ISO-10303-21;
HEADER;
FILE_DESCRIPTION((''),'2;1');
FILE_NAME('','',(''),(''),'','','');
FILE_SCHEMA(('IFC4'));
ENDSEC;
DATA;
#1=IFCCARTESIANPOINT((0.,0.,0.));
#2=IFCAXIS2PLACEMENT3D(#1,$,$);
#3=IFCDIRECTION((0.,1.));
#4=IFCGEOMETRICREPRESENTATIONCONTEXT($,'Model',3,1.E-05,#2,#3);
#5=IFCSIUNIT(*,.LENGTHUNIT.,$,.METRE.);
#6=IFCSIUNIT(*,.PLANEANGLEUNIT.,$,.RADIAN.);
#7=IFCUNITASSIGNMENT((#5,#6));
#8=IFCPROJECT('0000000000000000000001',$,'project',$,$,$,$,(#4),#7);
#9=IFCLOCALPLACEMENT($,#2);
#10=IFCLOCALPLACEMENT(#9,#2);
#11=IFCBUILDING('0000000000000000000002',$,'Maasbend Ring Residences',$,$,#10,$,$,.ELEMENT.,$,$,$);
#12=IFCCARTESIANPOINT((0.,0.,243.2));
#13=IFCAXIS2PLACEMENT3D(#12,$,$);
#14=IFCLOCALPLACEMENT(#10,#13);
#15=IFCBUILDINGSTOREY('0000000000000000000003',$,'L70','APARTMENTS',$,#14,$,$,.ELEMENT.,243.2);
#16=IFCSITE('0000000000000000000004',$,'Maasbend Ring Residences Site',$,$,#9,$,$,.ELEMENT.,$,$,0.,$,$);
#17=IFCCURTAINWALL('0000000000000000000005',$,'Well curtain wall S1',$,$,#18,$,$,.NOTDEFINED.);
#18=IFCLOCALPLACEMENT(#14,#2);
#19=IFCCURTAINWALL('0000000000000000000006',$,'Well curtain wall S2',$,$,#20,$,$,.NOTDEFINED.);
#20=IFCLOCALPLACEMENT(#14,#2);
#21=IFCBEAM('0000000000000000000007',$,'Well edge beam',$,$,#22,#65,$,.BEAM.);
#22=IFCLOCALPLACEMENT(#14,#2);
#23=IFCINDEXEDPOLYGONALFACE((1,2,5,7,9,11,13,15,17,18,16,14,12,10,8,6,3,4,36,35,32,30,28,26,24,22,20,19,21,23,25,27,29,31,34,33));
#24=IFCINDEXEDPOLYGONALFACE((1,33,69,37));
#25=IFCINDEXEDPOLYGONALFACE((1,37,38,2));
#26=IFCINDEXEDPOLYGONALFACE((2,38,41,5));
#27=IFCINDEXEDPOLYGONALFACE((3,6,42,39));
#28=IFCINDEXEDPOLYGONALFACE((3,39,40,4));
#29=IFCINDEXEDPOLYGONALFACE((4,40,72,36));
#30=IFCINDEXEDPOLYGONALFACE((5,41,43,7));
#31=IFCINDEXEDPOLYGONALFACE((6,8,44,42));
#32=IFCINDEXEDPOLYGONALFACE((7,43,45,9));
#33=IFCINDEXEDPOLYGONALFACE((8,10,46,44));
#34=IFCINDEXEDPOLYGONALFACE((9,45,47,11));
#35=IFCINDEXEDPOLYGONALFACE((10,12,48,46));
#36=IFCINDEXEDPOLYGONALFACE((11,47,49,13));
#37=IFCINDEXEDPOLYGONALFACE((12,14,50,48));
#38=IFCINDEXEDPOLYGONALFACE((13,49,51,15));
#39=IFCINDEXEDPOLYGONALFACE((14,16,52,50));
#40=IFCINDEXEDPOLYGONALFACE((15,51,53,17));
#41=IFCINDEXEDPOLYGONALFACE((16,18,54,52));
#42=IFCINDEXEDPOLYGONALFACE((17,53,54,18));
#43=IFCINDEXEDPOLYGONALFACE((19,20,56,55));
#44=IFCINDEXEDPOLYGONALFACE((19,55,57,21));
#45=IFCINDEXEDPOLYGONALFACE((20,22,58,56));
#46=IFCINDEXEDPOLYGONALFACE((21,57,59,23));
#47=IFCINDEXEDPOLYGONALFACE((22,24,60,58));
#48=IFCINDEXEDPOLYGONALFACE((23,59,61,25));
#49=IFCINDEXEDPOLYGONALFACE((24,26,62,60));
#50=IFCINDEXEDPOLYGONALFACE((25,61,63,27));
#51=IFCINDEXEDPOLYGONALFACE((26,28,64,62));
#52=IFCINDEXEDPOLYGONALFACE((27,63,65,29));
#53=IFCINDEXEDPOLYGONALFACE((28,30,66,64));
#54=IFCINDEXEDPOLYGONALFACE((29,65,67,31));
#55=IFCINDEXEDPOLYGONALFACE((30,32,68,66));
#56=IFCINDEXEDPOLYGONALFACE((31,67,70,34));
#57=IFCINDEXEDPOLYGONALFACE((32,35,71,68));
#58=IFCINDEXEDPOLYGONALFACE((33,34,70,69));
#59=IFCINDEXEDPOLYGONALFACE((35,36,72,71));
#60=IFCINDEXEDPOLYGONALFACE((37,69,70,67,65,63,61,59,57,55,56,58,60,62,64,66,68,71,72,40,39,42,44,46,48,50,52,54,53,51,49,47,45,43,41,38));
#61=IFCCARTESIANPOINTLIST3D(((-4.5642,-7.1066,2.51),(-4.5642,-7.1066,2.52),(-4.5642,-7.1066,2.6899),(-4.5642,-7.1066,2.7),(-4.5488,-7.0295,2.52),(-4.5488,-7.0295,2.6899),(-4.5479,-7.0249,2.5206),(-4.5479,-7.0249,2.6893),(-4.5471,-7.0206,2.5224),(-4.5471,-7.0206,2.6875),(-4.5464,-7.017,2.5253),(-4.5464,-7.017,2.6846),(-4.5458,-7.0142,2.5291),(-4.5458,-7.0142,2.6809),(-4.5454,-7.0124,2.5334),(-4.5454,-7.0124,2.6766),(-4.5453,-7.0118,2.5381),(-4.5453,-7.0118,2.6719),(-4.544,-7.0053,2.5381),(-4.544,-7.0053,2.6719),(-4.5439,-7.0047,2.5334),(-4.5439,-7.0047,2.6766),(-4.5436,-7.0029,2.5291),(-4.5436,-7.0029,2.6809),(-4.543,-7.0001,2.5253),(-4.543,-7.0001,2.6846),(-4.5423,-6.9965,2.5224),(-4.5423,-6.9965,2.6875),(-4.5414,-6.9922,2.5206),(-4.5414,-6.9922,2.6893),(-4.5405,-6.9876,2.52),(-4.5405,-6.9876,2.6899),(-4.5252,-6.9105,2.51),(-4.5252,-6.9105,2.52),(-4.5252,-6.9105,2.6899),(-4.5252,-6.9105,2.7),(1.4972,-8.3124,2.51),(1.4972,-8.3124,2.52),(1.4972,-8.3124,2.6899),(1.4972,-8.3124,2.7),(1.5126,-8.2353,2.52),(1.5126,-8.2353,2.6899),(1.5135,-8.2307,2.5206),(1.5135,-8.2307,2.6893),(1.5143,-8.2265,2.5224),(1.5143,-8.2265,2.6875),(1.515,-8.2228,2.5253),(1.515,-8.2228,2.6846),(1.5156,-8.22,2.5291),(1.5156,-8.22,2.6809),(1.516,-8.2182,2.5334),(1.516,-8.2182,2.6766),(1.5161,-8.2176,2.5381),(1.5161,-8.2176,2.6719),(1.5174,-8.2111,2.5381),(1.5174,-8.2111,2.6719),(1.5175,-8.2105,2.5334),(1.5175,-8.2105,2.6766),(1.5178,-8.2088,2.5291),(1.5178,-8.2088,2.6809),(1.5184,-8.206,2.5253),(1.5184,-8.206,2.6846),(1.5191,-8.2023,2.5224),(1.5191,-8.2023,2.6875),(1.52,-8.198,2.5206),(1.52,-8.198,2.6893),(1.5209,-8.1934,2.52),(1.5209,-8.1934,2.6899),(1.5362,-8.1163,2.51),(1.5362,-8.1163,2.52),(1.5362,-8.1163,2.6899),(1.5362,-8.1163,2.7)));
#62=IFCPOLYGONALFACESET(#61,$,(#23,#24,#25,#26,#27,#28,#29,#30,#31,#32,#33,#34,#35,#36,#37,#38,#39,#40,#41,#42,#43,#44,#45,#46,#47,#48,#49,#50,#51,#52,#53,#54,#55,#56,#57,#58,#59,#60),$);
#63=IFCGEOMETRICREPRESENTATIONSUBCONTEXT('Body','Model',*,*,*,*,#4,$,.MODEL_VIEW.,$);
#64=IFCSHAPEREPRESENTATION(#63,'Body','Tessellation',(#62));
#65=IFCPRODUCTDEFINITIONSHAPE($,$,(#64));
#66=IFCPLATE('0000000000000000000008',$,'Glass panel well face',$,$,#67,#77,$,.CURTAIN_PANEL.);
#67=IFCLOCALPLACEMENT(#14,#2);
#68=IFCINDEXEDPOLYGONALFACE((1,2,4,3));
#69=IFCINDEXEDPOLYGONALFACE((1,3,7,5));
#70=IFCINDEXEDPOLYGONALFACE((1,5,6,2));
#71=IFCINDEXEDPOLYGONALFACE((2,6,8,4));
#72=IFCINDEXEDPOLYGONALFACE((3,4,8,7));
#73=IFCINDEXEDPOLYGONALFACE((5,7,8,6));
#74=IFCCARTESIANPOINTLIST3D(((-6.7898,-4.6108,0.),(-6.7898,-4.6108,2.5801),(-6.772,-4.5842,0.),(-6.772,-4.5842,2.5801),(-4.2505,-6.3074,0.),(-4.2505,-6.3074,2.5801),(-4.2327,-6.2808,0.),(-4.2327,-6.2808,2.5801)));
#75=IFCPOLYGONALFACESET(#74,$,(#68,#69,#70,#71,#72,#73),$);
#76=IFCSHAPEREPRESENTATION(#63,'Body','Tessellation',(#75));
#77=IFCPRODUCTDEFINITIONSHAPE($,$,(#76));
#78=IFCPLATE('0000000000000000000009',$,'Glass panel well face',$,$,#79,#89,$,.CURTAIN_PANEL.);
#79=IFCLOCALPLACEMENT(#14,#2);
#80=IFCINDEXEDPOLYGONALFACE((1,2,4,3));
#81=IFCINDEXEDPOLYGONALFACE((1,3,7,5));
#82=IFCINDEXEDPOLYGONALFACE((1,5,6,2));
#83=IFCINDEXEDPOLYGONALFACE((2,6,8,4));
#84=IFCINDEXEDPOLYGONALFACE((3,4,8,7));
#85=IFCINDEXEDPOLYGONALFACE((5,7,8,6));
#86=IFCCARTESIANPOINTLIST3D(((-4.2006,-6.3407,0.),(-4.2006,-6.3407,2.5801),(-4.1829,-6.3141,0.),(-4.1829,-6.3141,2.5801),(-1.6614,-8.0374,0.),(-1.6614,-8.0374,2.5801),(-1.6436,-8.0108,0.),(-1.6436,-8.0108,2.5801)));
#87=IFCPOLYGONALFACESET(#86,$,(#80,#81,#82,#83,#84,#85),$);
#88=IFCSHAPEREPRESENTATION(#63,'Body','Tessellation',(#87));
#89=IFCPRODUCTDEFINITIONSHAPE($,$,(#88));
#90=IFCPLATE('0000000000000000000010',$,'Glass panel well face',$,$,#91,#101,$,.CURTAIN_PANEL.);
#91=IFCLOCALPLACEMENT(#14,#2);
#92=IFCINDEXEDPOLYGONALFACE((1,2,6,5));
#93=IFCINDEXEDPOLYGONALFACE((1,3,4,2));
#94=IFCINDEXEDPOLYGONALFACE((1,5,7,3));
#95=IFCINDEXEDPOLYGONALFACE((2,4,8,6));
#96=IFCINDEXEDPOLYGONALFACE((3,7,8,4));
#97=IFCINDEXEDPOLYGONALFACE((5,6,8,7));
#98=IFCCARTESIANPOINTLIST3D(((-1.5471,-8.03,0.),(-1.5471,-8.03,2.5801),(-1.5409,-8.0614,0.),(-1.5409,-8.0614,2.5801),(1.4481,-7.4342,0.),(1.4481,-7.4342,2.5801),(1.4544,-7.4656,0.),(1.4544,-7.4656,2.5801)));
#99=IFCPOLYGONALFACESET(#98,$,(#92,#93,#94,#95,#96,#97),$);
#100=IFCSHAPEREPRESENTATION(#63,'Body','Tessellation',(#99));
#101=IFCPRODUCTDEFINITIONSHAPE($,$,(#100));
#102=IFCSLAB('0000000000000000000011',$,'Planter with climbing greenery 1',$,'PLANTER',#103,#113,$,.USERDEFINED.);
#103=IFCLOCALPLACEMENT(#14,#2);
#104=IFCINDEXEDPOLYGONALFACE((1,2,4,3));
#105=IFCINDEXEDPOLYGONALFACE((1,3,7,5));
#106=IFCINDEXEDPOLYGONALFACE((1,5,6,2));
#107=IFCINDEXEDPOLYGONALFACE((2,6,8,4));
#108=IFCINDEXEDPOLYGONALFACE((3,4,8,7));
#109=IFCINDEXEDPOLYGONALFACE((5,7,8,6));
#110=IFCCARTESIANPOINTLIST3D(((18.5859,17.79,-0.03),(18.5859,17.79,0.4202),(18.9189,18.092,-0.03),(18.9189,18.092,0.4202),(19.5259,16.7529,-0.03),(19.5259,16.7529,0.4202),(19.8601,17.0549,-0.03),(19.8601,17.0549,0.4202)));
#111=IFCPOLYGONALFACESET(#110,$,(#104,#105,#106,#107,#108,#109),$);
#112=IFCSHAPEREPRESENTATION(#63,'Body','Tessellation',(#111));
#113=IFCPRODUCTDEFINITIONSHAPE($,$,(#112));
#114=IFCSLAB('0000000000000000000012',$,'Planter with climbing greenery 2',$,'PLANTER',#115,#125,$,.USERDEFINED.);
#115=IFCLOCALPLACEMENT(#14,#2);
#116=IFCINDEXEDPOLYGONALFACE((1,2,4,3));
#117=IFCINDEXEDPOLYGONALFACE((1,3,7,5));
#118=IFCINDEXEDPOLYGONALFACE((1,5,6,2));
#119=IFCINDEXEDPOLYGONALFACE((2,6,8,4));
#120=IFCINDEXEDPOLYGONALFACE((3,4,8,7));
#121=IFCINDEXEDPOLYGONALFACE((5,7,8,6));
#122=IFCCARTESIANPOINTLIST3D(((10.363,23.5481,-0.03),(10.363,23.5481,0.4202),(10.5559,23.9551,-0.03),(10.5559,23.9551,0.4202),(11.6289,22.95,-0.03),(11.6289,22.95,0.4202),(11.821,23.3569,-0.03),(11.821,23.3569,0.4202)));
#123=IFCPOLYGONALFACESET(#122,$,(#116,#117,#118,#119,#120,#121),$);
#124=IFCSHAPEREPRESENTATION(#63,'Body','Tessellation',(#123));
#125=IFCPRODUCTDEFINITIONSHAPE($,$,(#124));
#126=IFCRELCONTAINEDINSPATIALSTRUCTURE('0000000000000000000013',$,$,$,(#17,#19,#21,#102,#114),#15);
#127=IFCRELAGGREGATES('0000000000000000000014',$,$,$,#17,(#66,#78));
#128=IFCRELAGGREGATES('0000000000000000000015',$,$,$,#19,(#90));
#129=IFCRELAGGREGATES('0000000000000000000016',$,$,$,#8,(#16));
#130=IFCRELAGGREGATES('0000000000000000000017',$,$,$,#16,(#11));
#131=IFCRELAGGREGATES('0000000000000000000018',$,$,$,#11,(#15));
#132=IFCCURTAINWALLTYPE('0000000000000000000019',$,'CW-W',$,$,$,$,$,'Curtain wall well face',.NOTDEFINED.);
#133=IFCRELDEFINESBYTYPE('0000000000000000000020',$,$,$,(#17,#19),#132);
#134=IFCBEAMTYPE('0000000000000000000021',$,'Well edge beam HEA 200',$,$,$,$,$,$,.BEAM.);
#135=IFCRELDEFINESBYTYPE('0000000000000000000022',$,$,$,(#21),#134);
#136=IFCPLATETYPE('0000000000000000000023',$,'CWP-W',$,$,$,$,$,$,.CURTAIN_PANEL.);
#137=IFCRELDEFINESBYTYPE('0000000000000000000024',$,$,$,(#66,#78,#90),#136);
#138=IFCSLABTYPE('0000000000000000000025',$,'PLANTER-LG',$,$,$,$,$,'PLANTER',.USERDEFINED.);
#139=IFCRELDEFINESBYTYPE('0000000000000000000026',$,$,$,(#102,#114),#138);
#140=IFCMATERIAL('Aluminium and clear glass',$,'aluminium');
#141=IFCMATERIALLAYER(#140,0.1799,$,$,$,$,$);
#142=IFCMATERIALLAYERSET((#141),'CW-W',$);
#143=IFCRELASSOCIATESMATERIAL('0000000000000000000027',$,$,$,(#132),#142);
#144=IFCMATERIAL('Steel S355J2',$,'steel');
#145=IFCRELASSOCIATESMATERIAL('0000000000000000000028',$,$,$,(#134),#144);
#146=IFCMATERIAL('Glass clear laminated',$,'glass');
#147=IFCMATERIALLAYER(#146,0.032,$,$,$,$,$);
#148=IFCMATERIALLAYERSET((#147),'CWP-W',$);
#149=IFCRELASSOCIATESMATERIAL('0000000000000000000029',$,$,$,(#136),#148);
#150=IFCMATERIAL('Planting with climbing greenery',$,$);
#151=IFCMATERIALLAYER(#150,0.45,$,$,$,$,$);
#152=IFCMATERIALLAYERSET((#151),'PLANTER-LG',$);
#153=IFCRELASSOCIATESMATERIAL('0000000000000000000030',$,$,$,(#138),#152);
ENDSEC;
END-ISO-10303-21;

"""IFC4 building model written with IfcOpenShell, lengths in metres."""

from ifc_helpers import new_model, si_unit, direction, frame, origin, origin_2d, place, context, subcontext, project, spatial, polyline, rectangle, i_section, outline, extrude, material, layer, layer_set, material_profile, profile_set, type_object, element, aggregate, save


model = new_model("IFC4")

# Units and contexts
model_context = context("Model", 3, precision=1e-05, world=origin(), true_north=direction((0.0, 1.0)))
body_context = subcontext(model_context, "Body", "Model", "MODEL_VIEW")
ifc_project = project(units=[si_unit("LENGTHUNIT", "METRE"), si_unit("PLANEANGLEUNIT", "RADIAN")], contexts=[model_context])

# Site, building, storey
site_placement = place(None, origin())
site = spatial("IfcSite", under=ifc_project, at=site_placement, Name="Maasbend Ring Residences Site", CompositionType="ELEMENT", RefElevation=0.0)
building_placement = place(site_placement, origin())
building = spatial("IfcBuilding", under=site, at=building_placement, Name="Maasbend Ring Residences", CompositionType="ELEMENT")
storey_placement = place(building_placement, frame((0.0, 0.0, 243.2)))
storey = spatial("IfcBuildingStorey", under=building, at=storey_placement, Name="L70", Description="APARTMENTS", CompositionType="ELEMENT", Elevation=243.2)

# Curtain wall
ifc_material_1 = material(Name="Aluminium and clear glass", Category="aluminium")
ifc_layer_1 = layer(ifc_material_1, 0.1799)
ifc_layer_set_1 = layer_set([ifc_layer_1], Name="CW-W")
curtain_wall_type = type_object("IfcCurtainWallType", Name="CW-W", ElementType="Curtain wall well face", PredefinedType="NOTDEFINED", material=ifc_layer_set_1)
curtain_wall_1_placement = place(storey_placement, origin())
curtain_wall_1 = element("IfcCurtainWall", 1, at=curtain_wall_1_placement, inside=storey, type_object=curtain_wall_type, Name="Well curtain wall S1", PredefinedType="NOTDEFINED")

# Curtain wall
curtain_wall_2_placement = place(storey_placement, origin())
curtain_wall_2 = element("IfcCurtainWall", 2, at=curtain_wall_2_placement, inside=storey, type_object=curtain_wall_type, Name="Well curtain wall S2", PredefinedType="NOTDEFINED")

# Beam
ifc_material_2 = material(Name="Steel S355J2", Category="steel")
ifc_material_profile_1 = material_profile(ifc_material_2, i_section(OverallWidth=0.2, OverallDepth=0.1899, WebThickness=0.0066, FlangeThickness=0.01, FilletRadius=0.0181, at=origin_2d()), Name="HEA 200")
ifc_profile_set_1 = profile_set([ifc_material_profile_1], Name="Steel S355J2")
beam_type = type_object("IfcBeamType", Name="Well edge beam HEA 200", PredefinedType="BEAM", material=ifc_profile_set_1)
for number, where, z_axis, x_axis, name in (
    (3, (-4.5447, -7.0085, 2.605), (0.980781, -0.195113, 0.0), (0.195113, 0.980781, 0.0), "Well edge beam"),
):
    element("IfcBeam", number, at=place(storey_placement, frame(where, z_axis=z_axis, x_axis=x_axis)), inside=storey, type_object=beam_type, Name=name, PredefinedType="BEAM", context=body_context, shape_type="SweptSolid", body=[
        extrude(i_section(OverallWidth=0.2, OverallDepth=0.1899, WebThickness=0.0066, FlangeThickness=0.01, FilletRadius=0.0181, at=origin_2d()), origin(), (0.0, 0.0, 1.0), 6.1802),
    ])

# Plates
ifc_material_3 = material(Name="Glass clear laminated", Category="glass")
ifc_layer_2 = layer(ifc_material_3, 0.032)
ifc_layer_set_2 = layer_set([ifc_layer_2], Name="CWP-W")
plate_type = type_object("IfcPlateType", Name="CWP-W", PredefinedType="CURTAIN_PANEL", material=ifc_layer_set_2)
plate_1_placement = place(storey_placement, frame((-5.5112, -5.4458, 0.0), z_axis=(0.0, 0.0, 1.0), x_axis=(0.83147, -0.55557, 0.0)))
plate_1 = element("IfcPlate", 4, at=plate_1_placement, type_object=plate_type, Name="Glass panel well face", PredefinedType="CURTAIN_PANEL", context=body_context, shape_type="SweptSolid", body=[
    extrude(rectangle(XDim=3.054, YDim=0.032, at=origin_2d()), origin(), (0.0, 0.0, 1.0), 2.5801),
])
plate_2_placement = place(storey_placement, frame((-2.9221, -7.1758, 0.0), z_axis=(0.0, 0.0, 1.0), x_axis=(0.83147, -0.55557, 0.0)))
plate_2 = element("IfcPlate", 5, at=plate_2_placement, type_object=plate_type, Name="Glass panel well face", PredefinedType="CURTAIN_PANEL", context=body_context, shape_type="SweptSolid", body=[
    extrude(rectangle(XDim=3.054, YDim=0.032, at=origin_2d()), origin(), (0.0, 0.0, 1.0), 2.5801),
])
aggregate(curtain_wall_1, [plate_1, plate_2])
plate_3_placement = place(storey_placement, frame((-0.0464, -7.7478, 0.0), z_axis=(0.0, 0.0, 1.0), x_axis=(0.980785, 0.19509, 0.0)))
plate_3 = element("IfcPlate", 6, at=plate_3_placement, type_object=plate_type, Name="Glass panel well face", PredefinedType="CURTAIN_PANEL", context=body_context, shape_type="SweptSolid", body=[
    extrude(rectangle(XDim=3.054, YDim=0.032, at=origin_2d()), origin(), (0.0, 0.0, 1.0), 2.5801),
])
aggregate(curtain_wall_2, [plate_3])

# Slabs
ifc_material_4 = material(Name="Planting with climbing greenery")
ifc_layer_3 = layer(ifc_material_4, 0.45)
ifc_layer_set_3 = layer_set([ifc_layer_3], Name="PLANTER-LG")
slab_type_1 = type_object("IfcSlabType", Name="PLANTER-LG", ElementType="PLANTER", PredefinedType="USERDEFINED", material=ifc_layer_set_3)
slab_1_placement = place(storey_placement, frame((0.0, 0.0, -0.03)))
element("IfcSlab", 7, at=slab_1_placement, inside=storey, type_object=slab_type_1, Name="Planter with climbing greenery 1", ObjectType="PLANTER", PredefinedType="USERDEFINED", context=body_context, shape_type="SweptSolid", body=[
    extrude(outline(polyline([(19.8601, 17.0549), (18.9189, 18.092), (18.5859, 17.79), (19.5259, 16.7529), (19.8601, 17.0549)])), origin(), (0.0, 0.0, 1.0), 0.4502),
])
slab_2_placement = place(storey_placement, frame((0.0, 0.0, -0.03)))
element("IfcSlab", 8, at=slab_2_placement, inside=storey, type_object=slab_type_1, Name="Planter with climbing greenery 2", ObjectType="PLANTER", PredefinedType="USERDEFINED", context=body_context, shape_type="SweptSolid", body=[
    extrude(outline(polyline([(11.821, 23.3569), (10.5559, 23.9551), (10.363, 23.5481), (11.6289, 22.95), (11.821, 23.3569)])), origin(), (0.0, 0.0, 1.0), 0.4502),
])

save(model, "model.ifc")
